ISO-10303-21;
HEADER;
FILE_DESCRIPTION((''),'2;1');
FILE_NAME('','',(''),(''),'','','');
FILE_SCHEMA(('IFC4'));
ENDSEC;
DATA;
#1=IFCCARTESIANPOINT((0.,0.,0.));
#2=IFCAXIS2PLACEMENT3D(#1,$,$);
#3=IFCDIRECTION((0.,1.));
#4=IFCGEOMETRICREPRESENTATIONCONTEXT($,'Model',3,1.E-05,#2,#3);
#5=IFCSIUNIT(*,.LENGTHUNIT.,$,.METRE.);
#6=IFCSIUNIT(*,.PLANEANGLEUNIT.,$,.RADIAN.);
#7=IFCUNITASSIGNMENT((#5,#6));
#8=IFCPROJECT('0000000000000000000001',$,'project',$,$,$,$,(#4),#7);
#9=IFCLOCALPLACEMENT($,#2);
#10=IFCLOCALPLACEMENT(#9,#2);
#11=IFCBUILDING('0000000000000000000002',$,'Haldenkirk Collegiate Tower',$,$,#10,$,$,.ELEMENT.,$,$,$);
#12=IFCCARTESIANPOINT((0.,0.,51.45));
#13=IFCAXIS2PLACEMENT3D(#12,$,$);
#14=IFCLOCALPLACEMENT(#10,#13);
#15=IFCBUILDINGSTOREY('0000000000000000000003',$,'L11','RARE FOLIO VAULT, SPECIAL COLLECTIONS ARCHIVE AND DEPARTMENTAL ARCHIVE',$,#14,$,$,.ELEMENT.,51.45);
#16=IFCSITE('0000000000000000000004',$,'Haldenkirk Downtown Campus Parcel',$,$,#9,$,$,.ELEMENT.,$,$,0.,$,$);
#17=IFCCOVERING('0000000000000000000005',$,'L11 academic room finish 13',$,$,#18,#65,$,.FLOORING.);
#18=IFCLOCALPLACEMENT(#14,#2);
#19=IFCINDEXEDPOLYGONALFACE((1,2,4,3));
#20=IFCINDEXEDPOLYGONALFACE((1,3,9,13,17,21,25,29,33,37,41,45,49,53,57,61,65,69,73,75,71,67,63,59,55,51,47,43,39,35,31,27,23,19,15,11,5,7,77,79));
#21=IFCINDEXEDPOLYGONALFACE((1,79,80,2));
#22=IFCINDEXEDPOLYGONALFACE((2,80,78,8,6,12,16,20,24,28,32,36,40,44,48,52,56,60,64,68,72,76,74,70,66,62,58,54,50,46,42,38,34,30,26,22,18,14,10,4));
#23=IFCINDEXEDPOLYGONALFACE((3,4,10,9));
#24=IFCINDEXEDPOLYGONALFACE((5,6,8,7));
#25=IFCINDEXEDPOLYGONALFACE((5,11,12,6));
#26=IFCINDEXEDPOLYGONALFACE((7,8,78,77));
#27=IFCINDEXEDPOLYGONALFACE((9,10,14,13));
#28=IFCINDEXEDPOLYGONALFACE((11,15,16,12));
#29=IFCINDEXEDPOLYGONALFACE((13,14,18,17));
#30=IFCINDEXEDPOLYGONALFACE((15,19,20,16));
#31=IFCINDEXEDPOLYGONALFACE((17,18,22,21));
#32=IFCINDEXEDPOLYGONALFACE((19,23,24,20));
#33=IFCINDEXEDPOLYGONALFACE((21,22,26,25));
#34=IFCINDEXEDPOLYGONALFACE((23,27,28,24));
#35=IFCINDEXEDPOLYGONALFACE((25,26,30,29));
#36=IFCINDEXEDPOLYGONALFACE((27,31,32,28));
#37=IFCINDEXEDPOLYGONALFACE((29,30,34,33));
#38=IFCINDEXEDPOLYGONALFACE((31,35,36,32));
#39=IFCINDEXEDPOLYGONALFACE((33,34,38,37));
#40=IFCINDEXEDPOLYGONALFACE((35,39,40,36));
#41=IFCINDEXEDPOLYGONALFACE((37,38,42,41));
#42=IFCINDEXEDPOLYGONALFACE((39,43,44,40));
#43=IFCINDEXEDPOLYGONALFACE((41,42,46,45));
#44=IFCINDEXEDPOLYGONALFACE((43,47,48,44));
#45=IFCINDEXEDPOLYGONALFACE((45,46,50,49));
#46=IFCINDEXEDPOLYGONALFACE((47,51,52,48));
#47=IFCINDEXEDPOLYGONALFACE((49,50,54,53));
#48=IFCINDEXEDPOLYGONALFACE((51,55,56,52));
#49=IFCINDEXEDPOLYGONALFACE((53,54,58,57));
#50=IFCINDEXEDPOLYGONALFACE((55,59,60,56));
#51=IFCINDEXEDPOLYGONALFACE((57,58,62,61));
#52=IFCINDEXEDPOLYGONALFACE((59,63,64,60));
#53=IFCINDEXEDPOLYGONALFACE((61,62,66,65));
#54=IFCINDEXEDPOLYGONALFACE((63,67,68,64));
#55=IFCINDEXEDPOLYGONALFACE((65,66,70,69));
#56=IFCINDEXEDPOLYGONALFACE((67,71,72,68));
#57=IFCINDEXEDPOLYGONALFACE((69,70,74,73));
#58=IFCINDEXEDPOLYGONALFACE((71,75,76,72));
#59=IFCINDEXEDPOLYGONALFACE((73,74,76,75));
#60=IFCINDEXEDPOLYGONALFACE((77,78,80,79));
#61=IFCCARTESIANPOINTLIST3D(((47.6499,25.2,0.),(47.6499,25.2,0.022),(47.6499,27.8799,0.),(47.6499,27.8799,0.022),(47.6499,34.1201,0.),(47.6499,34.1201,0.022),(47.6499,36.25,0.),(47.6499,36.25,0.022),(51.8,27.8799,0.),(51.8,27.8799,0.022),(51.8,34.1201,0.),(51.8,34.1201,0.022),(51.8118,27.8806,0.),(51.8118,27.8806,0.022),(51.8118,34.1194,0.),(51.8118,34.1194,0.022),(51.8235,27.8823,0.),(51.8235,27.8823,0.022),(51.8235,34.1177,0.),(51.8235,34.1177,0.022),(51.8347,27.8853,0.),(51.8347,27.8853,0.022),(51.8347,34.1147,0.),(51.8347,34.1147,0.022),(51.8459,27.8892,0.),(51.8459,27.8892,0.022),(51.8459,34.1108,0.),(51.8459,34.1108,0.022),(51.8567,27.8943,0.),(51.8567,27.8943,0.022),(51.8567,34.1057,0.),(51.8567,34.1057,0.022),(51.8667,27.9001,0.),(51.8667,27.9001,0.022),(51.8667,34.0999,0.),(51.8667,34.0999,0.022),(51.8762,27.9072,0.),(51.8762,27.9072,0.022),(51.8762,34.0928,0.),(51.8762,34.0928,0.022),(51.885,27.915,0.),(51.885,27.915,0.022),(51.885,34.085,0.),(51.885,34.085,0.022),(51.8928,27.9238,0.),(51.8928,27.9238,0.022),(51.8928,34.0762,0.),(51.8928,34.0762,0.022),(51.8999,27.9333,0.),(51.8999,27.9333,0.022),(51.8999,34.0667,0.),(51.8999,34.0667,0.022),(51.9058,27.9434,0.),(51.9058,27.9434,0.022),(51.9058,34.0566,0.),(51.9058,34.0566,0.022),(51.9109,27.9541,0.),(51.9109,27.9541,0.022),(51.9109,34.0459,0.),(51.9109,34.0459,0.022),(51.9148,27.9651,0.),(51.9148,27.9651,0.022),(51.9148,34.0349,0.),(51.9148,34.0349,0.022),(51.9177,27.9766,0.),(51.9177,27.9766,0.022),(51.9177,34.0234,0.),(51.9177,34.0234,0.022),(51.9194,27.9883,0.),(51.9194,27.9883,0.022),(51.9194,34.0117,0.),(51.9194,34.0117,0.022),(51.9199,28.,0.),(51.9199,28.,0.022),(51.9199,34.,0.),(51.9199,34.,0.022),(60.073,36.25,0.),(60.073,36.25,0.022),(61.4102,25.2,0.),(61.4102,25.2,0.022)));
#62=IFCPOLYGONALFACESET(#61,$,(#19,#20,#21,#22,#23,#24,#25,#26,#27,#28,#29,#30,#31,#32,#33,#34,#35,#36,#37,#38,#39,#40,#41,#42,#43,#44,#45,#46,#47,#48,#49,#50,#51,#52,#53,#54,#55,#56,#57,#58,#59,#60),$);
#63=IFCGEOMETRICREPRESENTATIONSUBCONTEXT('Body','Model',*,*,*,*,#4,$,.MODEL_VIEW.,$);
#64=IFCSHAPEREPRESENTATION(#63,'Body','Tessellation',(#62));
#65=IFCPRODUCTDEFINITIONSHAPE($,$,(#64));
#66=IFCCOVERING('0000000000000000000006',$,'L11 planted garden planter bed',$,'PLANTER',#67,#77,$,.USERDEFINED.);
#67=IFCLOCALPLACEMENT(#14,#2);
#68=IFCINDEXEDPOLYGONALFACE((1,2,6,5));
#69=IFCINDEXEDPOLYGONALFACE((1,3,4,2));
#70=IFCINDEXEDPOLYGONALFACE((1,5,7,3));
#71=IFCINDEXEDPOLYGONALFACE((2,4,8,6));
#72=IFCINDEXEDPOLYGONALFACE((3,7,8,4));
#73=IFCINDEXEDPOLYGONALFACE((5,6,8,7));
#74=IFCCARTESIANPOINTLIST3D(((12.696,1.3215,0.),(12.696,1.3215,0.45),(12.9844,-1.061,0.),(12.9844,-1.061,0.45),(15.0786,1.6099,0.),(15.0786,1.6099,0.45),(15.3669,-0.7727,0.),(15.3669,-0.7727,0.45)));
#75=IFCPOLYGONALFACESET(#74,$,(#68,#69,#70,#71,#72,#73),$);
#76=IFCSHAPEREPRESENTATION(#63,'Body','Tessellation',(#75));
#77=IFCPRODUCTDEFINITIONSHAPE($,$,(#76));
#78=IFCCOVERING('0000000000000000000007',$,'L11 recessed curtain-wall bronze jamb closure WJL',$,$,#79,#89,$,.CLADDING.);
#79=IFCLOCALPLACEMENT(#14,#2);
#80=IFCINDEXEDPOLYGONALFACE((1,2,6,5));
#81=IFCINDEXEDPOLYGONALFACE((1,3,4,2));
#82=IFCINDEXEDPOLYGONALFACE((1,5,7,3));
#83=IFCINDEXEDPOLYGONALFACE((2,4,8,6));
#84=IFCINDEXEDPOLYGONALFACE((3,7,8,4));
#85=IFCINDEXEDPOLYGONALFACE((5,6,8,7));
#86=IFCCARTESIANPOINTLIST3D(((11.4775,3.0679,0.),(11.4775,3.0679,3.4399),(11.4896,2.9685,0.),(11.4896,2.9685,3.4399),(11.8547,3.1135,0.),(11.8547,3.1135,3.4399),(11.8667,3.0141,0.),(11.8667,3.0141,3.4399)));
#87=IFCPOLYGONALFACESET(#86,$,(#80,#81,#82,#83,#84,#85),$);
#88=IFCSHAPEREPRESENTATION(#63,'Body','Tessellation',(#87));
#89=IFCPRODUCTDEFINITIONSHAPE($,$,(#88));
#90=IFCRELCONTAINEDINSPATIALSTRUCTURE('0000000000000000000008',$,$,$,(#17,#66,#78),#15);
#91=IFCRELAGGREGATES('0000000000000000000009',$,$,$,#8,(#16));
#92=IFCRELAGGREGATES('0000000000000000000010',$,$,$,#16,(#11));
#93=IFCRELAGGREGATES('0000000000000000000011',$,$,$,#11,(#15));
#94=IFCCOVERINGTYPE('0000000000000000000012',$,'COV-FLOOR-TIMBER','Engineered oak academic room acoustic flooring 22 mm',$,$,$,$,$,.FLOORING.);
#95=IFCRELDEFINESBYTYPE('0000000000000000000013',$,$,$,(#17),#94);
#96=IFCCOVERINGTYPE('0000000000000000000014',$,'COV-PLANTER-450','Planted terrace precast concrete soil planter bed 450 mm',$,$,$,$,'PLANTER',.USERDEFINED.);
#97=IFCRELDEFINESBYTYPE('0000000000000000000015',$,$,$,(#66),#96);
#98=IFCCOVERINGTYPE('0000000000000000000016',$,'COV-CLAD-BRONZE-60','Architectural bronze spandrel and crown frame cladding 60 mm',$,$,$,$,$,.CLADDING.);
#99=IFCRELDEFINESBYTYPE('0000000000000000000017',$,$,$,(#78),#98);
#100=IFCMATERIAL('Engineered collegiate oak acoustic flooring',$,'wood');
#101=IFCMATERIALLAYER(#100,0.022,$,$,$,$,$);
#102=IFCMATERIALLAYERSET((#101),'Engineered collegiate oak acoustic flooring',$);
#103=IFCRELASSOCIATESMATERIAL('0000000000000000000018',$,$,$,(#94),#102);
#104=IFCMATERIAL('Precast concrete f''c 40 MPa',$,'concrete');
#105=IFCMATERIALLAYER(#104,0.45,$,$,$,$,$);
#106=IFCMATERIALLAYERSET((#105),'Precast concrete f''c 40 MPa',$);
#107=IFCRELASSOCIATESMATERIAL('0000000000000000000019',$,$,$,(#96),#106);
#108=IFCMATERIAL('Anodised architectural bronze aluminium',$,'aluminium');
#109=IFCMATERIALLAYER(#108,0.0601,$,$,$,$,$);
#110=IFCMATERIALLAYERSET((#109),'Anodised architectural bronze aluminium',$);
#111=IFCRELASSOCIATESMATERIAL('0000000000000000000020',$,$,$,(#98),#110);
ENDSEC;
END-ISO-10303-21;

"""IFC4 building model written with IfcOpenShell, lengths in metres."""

from ifc_helpers import new_model, si_unit, direction, frame, origin, origin_2d, place, context, subcontext, project, spatial, polyline, rectangle, outline, extrude, source, transform, mapped, material, layer, layer_set, type_object, element, save


model = new_model("IFC4")

# Units and contexts
model_context = context("Model", 3, precision=1e-05, world=origin(), true_north=direction((0.0, 1.0)))
body_context = subcontext(model_context, "Body", "Model", "MODEL_VIEW")
ifc_project = project(units=[si_unit("LENGTHUNIT", "METRE"), si_unit("PLANEANGLEUNIT", "RADIAN")], contexts=[model_context])

# Site, building, storey
site_placement = place(None, origin())
site = spatial("IfcSite", under=ifc_project, at=site_placement, Name="Haldenkirk Downtown Campus Parcel", CompositionType="ELEMENT", RefElevation=0.0)
building_placement = place(site_placement, origin())
building = spatial("IfcBuilding", under=site, at=building_placement, Name="Haldenkirk Collegiate Tower", CompositionType="ELEMENT")
storey_placement = place(building_placement, frame((0.0, 0.0, 51.45)))
storey = spatial("IfcBuildingStorey", under=building, at=storey_placement, Name="L11", Description="RARE FOLIO VAULT, SPECIAL COLLECTIONS ARCHIVE AND DEPARTMENTAL ARCHIVE", CompositionType="ELEMENT", Elevation=51.45)

# Shared definitions
ifc_material_1 = material(Name="Anodised architectural bronze aluminium", Category="aluminium")

# Shared definitions
ifc_material_2 = material(Name="Precast concrete f'c 40 MPa", Category="concrete")

# Coverings
ifc_material_3 = material(Name="Engineered collegiate oak acoustic flooring", Category="wood")
ifc_layer_1 = layer(ifc_material_3, 0.022)
ifc_layer_set_1 = layer_set([ifc_layer_1], Name="Engineered collegiate oak acoustic flooring")
covering_type_1 = type_object("IfcCoveringType", Name="COV-FLOOR-TIMBER", Description="Engineered oak academic room acoustic flooring 22 mm", PredefinedType="FLOORING", material=ifc_layer_set_1)
covering_1_placement = place(storey_placement, origin())
element("IfcCovering", 1, at=covering_1_placement, inside=storey, type_object=covering_type_1, Name="L11 academic room finish 13", PredefinedType="FLOORING", context=body_context, shape_type="SweptSolid", body=[
    extrude(outline(polyline([(51.8, 27.8799), (51.8118, 27.8806), (51.8235, 27.8823), (51.8347, 27.8853), (51.8459, 27.8892), (51.8567, 27.8943), (51.8667, 27.9001), (51.8762, 27.9072), (51.885, 27.915), (51.8928, 27.9238), (51.8999, 27.9333), (51.9058, 27.9434), (51.9109, 27.9541), (51.9148, 27.9651), (51.9177, 27.9766), (51.9194, 27.9883), (51.9199, 28.0), (51.9199, 34.0), (51.9194, 34.0117), (51.9177, 34.0234), (51.9148, 34.0349), (51.9109, 34.0459), (51.9058, 34.0566), (51.8999, 34.0667), (51.8928, 34.0762), (51.885, 34.085), (51.8762, 34.0928), (51.8667, 34.0999), (51.8567, 34.1057), (51.8459, 34.1108), (51.8347, 34.1147), (51.8235, 34.1177), (51.8118, 34.1194), (51.8, 34.1201), (47.6499, 34.1201), (47.6499, 36.25), (60.073, 36.25), (61.4102, 25.2), (47.6499, 25.2), (47.6499, 27.8799), (51.8, 27.8799)])), origin(), (0.0, 0.0, 1.0), 0.022),
])
ifc_layer_2 = layer(ifc_material_2, 0.45)
ifc_layer_set_2 = layer_set([ifc_layer_2], Name="Precast concrete f'c 40 MPa")
covering_type_2 = type_object("IfcCoveringType", Name="COV-PLANTER-450", Description="Planted terrace precast concrete soil planter bed 450 mm", ElementType="PLANTER", PredefinedType="USERDEFINED", material=ifc_layer_set_2)
covering_2_placement = place(storey_placement, origin())
element("IfcCovering", 2, at=covering_2_placement, inside=storey, type_object=covering_type_2, Name="L11 planted garden planter bed", ObjectType="PLANTER", PredefinedType="USERDEFINED", context=body_context, shape_type="SweptSolid", body=[
    extrude(outline(polyline([(12.9844, -1.061), (12.696, 1.3215), (15.0786, 1.6099), (15.3669, -0.7727), (12.9844, -1.061)])), origin(), (0.0, 0.0, 1.0), 0.45),
])
ifc_layer_3 = layer(ifc_material_1, 0.0601)
ifc_layer_set_3 = layer_set([ifc_layer_3], Name="Anodised architectural bronze aluminium")
covering_type_3 = type_object("IfcCoveringType", Name="COV-CLAD-BRONZE-60", Description="Architectural bronze spandrel and crown frame cladding 60 mm", PredefinedType="CLADDING", material=ifc_layer_set_3)
shared_shape_1 = source(origin(), body_context, "Body", "SweptSolid", [
    extrude(rectangle(XDim=0.1001, YDim=0.3799, at=origin_2d()), origin(), (0.0, 0.0, 1.0), 3.4399),
])
covering_3_placement = place(storey_placement, frame((11.6721, 3.041, 0.0), z_axis=(0.0, 0.0, 1.0), x_axis=(-0.120137, 0.992757, 0.0)))
element("IfcCovering", 3, at=covering_3_placement, inside=storey, type_object=covering_type_3, Name="L11 recessed curtain-wall bronze jamb closure WJL", PredefinedType="CLADDING", context=body_context, shape_type="MappedRepresentation", body=[
    mapped(shared_shape_1, transform((0.0, 0.0, 0.0), x_axis=(1.0, 0.0, 0.0), y_axis=(0.0, 1.0, 0.0), z_axis=(0.0, 0.0, 1.0), scale=1.0)),
])

save(model, "model.ifc")
